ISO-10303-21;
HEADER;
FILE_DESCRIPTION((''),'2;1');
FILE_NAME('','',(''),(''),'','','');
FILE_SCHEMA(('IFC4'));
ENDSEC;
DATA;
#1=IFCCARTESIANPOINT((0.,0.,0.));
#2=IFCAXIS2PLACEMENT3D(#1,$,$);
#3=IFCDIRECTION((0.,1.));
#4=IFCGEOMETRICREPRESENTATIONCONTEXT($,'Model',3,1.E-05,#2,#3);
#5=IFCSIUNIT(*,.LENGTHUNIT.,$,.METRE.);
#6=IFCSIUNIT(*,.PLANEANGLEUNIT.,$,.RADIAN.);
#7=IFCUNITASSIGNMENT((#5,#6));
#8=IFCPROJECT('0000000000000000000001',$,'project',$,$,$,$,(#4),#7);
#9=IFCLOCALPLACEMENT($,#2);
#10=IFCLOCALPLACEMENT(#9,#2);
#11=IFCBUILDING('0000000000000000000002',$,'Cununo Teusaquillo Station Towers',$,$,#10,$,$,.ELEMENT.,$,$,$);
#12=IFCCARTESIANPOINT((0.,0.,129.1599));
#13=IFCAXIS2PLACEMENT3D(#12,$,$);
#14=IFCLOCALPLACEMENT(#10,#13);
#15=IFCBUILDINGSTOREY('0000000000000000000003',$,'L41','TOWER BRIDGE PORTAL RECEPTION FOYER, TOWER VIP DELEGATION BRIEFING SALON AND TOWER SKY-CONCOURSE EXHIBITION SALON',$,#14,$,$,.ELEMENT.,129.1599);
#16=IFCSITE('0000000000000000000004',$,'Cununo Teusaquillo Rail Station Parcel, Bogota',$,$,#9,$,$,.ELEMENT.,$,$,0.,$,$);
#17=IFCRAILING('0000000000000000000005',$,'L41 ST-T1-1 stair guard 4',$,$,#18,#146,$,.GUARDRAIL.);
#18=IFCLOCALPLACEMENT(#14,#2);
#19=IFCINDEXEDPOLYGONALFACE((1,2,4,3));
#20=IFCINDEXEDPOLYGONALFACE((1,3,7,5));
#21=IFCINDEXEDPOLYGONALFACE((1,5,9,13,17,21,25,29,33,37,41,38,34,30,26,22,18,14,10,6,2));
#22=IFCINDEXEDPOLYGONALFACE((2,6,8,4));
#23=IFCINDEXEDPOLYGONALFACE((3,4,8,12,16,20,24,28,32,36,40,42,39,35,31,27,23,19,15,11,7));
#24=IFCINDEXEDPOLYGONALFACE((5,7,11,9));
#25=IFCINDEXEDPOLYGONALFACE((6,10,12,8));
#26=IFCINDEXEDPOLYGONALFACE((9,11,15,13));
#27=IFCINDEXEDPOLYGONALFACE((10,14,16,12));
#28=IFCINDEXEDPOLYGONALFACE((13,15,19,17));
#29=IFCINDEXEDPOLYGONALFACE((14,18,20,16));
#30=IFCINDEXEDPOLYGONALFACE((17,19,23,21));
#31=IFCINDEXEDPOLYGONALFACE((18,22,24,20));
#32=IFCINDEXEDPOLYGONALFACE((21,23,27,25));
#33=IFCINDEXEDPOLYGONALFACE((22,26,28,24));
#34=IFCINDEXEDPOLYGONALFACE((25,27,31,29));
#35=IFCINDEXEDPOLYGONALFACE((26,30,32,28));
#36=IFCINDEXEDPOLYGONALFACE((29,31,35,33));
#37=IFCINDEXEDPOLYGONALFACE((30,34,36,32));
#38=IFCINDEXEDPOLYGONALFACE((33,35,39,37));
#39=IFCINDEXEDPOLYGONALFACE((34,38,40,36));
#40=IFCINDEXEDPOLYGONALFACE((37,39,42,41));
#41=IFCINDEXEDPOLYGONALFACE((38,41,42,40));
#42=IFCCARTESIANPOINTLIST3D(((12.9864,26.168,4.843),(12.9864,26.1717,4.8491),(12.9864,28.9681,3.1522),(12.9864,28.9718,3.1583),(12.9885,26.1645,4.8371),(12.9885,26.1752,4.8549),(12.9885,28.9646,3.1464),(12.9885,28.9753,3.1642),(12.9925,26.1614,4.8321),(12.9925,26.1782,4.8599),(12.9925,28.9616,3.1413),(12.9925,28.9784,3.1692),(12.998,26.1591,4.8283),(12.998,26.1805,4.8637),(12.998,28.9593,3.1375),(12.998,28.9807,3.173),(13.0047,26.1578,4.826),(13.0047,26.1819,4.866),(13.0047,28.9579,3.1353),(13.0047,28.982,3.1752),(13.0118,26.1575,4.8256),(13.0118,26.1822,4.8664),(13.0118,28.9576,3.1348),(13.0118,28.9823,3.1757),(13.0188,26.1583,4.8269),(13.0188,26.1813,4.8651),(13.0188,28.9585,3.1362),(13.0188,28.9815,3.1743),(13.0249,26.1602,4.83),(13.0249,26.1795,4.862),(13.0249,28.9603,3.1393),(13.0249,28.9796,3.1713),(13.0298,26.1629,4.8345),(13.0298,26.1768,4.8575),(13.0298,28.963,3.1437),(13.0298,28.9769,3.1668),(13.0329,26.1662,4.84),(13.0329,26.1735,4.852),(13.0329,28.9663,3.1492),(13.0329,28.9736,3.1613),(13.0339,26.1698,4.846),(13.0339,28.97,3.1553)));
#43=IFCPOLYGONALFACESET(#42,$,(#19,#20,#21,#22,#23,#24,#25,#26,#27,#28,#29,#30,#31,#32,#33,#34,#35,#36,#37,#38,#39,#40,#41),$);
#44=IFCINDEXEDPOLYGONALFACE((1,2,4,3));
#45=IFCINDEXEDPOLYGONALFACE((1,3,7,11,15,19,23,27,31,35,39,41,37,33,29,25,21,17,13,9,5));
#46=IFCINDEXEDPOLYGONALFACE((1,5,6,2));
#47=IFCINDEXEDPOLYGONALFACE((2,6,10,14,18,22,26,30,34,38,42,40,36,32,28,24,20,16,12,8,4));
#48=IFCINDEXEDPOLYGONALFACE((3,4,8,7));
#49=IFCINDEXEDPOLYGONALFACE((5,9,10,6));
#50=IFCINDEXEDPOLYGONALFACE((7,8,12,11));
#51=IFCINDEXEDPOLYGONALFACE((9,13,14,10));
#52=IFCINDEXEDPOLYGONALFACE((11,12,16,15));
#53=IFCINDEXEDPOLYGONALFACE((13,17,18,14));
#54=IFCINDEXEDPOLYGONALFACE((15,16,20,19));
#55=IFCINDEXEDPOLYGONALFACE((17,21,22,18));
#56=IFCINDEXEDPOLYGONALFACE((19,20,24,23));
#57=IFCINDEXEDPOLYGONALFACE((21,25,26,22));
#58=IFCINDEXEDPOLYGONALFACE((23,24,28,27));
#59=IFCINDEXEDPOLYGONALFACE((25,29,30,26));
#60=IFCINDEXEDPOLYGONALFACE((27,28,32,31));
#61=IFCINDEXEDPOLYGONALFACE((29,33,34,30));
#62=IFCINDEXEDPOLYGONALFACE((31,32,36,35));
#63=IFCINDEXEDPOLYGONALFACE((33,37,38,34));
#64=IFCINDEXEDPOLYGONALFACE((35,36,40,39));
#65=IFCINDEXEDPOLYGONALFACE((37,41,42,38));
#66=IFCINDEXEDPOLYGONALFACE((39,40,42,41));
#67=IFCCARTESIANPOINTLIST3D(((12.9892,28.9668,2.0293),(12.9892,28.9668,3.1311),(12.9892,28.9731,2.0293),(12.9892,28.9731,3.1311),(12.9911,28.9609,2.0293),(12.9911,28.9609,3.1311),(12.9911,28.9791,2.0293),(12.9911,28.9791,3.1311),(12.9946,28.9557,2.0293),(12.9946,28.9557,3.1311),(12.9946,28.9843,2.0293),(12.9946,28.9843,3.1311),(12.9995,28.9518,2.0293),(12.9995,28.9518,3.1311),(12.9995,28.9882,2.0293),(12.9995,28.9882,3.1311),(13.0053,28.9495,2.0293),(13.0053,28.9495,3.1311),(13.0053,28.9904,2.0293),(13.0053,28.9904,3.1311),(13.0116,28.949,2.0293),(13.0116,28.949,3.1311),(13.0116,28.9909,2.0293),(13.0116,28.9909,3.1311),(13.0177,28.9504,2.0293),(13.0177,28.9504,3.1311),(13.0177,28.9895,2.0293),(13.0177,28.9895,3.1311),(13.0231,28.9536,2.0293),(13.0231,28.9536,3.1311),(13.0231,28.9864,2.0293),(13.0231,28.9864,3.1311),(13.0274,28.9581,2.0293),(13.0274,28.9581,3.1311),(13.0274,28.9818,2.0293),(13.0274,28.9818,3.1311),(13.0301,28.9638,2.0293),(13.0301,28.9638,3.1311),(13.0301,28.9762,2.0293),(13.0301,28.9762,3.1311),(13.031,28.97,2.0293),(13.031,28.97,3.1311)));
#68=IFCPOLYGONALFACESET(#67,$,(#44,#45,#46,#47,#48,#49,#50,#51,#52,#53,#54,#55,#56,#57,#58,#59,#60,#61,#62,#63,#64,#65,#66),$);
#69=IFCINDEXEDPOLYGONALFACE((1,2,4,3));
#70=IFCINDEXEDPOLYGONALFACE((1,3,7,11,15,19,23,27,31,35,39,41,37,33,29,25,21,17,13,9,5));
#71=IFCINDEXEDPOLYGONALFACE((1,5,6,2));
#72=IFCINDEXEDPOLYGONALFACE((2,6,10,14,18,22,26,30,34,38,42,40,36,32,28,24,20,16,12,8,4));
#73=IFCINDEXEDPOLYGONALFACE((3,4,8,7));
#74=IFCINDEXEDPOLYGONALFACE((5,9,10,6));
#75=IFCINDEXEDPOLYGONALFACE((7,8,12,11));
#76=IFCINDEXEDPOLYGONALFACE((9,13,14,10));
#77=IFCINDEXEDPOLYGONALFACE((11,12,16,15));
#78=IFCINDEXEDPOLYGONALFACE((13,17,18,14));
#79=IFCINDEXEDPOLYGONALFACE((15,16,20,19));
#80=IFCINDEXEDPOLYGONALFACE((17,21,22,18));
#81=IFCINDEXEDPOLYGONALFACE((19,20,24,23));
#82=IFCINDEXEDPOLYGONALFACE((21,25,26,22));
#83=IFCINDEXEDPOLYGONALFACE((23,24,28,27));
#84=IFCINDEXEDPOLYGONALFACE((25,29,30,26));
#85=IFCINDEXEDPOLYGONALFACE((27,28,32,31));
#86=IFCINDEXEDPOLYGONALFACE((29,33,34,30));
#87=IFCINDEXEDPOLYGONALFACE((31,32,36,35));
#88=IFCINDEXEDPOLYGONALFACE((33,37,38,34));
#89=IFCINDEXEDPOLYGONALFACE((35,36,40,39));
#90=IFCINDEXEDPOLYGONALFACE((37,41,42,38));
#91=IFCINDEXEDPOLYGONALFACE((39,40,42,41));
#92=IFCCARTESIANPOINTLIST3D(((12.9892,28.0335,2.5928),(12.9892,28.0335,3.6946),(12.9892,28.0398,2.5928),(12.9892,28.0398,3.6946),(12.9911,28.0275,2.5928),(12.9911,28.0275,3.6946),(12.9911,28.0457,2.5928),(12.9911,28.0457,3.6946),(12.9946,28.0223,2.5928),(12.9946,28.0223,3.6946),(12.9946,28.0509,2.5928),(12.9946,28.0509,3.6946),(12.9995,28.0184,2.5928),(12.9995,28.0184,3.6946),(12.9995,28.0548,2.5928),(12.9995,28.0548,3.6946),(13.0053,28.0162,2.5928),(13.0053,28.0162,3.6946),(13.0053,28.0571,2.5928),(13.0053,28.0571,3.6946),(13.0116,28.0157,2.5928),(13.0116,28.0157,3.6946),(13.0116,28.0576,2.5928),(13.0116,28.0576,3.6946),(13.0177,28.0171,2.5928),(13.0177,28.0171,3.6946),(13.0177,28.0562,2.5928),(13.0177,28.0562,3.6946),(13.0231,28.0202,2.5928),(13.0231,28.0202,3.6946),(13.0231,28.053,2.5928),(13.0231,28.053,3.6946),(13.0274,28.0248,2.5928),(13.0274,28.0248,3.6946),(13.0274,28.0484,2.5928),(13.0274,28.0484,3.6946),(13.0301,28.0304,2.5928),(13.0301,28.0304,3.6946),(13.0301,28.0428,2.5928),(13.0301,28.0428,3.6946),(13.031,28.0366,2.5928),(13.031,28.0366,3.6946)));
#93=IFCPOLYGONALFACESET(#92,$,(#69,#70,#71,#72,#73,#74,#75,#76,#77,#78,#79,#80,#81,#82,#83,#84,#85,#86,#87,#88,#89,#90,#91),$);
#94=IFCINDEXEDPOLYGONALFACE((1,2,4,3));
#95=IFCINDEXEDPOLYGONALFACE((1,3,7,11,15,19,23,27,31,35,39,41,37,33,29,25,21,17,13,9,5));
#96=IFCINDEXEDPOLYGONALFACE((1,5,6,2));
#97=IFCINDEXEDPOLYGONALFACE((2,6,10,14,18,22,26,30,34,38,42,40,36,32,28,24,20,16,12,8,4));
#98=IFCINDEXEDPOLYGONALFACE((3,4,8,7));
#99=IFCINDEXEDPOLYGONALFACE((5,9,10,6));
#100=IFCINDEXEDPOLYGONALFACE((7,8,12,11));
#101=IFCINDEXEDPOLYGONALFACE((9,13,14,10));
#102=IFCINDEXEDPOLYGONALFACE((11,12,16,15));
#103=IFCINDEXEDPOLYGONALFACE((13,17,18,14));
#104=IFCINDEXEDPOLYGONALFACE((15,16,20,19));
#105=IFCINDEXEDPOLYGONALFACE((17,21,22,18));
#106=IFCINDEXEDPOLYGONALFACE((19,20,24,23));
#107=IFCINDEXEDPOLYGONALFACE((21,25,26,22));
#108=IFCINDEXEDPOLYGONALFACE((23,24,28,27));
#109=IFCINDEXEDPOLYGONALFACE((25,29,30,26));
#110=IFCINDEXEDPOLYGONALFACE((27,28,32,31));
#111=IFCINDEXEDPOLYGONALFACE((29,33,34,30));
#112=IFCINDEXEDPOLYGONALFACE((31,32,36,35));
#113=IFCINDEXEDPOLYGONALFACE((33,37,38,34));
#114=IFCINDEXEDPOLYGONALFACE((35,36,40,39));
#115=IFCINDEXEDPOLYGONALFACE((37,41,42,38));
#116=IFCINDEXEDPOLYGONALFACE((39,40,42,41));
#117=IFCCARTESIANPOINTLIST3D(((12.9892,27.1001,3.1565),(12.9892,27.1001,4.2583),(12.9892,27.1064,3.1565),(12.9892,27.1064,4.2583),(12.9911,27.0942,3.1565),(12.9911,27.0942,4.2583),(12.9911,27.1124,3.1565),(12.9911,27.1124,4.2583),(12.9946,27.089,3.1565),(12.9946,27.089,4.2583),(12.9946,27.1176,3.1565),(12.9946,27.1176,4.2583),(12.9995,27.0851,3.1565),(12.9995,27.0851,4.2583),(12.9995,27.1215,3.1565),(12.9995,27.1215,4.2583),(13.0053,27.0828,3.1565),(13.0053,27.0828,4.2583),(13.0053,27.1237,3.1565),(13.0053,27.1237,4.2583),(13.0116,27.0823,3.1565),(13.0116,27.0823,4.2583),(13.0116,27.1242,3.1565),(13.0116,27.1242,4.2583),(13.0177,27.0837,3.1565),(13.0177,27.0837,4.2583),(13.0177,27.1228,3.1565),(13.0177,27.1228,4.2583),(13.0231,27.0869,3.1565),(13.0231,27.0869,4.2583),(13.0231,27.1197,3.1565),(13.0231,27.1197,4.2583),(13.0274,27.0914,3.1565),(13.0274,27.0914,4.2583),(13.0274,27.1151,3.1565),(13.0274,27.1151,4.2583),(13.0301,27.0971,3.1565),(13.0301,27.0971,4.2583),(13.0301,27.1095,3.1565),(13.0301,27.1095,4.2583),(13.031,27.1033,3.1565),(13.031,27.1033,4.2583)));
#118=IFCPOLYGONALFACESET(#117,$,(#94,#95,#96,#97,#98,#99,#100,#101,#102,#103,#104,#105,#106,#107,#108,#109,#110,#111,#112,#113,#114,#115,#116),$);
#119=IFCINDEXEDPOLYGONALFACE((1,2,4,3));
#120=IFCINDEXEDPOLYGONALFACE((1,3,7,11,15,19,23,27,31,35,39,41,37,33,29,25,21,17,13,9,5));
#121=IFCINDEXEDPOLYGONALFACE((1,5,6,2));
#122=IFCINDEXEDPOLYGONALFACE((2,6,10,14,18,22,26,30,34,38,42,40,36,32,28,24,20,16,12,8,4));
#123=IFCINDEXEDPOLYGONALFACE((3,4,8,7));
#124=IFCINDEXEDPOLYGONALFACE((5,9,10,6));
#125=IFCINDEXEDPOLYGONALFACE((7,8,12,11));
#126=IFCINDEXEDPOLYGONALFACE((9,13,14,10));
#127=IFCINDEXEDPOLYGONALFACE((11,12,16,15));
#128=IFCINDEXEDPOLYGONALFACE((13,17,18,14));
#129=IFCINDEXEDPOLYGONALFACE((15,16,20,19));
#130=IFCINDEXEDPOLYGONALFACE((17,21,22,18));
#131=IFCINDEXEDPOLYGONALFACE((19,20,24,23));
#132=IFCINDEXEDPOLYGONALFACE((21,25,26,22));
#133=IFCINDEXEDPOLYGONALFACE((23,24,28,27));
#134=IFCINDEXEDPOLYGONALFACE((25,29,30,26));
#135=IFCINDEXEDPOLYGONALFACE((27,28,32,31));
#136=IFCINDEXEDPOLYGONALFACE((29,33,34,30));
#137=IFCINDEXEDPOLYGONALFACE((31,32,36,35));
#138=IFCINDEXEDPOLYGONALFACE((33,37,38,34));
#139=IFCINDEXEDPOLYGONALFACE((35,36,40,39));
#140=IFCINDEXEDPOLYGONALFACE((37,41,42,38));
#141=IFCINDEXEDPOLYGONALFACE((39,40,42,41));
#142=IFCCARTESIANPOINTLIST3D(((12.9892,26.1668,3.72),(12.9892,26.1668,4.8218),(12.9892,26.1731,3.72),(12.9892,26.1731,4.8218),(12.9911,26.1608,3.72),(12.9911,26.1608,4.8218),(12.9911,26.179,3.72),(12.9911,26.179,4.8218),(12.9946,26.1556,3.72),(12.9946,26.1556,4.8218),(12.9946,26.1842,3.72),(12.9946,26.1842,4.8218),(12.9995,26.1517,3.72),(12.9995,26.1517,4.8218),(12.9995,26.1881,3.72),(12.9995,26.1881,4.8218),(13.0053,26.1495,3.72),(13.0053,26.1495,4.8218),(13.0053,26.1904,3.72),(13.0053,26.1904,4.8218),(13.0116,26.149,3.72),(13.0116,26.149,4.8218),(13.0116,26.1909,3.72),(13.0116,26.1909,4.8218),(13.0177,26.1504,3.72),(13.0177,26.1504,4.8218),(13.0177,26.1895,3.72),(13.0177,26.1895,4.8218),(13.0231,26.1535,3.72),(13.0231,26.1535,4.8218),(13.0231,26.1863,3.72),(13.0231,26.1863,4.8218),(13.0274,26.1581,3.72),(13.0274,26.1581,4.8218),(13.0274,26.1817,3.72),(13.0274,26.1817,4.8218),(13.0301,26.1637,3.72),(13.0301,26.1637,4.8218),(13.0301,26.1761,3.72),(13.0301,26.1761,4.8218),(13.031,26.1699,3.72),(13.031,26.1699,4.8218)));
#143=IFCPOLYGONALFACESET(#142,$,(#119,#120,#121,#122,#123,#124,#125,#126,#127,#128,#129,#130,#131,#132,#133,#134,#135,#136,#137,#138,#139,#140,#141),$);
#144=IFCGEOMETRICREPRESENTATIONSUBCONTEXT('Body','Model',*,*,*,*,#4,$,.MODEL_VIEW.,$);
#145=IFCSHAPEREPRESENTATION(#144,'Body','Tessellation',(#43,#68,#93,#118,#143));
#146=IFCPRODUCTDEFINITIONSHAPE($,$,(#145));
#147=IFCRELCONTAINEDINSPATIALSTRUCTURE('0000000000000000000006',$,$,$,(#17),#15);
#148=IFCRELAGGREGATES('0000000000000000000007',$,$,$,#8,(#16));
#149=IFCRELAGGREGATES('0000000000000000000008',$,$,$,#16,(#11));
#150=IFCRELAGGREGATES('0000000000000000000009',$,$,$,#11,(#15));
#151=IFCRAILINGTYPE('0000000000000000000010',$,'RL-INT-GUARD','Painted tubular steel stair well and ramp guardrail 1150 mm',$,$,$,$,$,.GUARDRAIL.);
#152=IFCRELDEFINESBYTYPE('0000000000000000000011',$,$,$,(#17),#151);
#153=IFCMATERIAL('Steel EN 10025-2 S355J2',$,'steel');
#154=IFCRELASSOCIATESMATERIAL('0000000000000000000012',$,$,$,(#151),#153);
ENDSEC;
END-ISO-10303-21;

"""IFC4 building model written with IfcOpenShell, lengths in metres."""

from ifc_helpers import new_model, si_unit, direction, frame, origin, origin_2d, place, context, subcontext, project, spatial, circle, extrude, material, type_object, element, save


model = new_model("IFC4")

# Units and contexts
model_context = context("Model", 3, precision=1e-05, world=origin(), true_north=direction((0.0, 1.0)))
body_context = subcontext(model_context, "Body", "Model", "MODEL_VIEW")
ifc_project = project(units=[si_unit("LENGTHUNIT", "METRE"), si_unit("PLANEANGLEUNIT", "RADIAN")], contexts=[model_context])

# Site, building, storey
site_placement = place(None, origin())
site = spatial("IfcSite", under=ifc_project, at=site_placement, Name="Cununo Teusaquillo Rail Station Parcel, Bogota", CompositionType="ELEMENT", RefElevation=0.0)
building_placement = place(site_placement, origin())
building = spatial("IfcBuilding", under=site, at=building_placement, Name="Cununo Teusaquillo Station Towers", CompositionType="ELEMENT")
storey_placement = place(building_placement, frame((0.0, 0.0, 129.1599)))
storey = spatial("IfcBuildingStorey", under=building, at=storey_placement, Name="L41", Description="TOWER BRIDGE PORTAL RECEPTION FOYER, TOWER VIP DELEGATION BRIEFING SALON AND TOWER SKY-CONCOURSE EXHIBITION SALON", CompositionType="ELEMENT", Elevation=129.1599)

# Railing
ifc_material_1 = material(Name="Steel EN 10025-2 S355J2", Category="steel")
railing_type_1 = type_object("IfcRailingType", Name="RL-INT-GUARD", Description="Painted tubular steel stair well and ramp guardrail 1150 mm", PredefinedType="GUARDRAIL", material=ifc_material_1)
railing_1_placement = place(storey_placement, frame((13.01, 28.97, 2.0293)))
element("IfcRailing", 1, at=railing_1_placement, inside=storey, type_object=railing_type_1, Name="L41 ST-T1-1 stair guard 4", PredefinedType="GUARDRAIL", context=body_context, shape_type="SweptSolid", body=[
    extrude(circle(Radius=0.0239, at=origin_2d()), frame((0.0, 0.0, 1.126), z_axis=(0.0, -0.856054, 0.516887), x_axis=(1.0, 0.0, 0.0)), (0.0, 0.0, 1.0), 3.271),
    extrude(circle(Radius=0.021, at=origin_2d()), origin(), (0.0, 0.0, 1.0), 1.1018),
    extrude(circle(Radius=0.021, at=origin_2d()), frame((0.0, -0.9333, 0.5635)), (0.0, 0.0, 1.0), 1.1018),
    extrude(circle(Radius=0.021, at=origin_2d()), frame((0.0, -1.8667, 1.1272)), (0.0, 0.0, 1.0), 1.1018),
    extrude(circle(Radius=0.021, at=origin_2d()), frame((0.0, -2.8, 1.6907)), (0.0, 0.0, 1.0), 1.1018),
])

save(model, "model.ifc")
